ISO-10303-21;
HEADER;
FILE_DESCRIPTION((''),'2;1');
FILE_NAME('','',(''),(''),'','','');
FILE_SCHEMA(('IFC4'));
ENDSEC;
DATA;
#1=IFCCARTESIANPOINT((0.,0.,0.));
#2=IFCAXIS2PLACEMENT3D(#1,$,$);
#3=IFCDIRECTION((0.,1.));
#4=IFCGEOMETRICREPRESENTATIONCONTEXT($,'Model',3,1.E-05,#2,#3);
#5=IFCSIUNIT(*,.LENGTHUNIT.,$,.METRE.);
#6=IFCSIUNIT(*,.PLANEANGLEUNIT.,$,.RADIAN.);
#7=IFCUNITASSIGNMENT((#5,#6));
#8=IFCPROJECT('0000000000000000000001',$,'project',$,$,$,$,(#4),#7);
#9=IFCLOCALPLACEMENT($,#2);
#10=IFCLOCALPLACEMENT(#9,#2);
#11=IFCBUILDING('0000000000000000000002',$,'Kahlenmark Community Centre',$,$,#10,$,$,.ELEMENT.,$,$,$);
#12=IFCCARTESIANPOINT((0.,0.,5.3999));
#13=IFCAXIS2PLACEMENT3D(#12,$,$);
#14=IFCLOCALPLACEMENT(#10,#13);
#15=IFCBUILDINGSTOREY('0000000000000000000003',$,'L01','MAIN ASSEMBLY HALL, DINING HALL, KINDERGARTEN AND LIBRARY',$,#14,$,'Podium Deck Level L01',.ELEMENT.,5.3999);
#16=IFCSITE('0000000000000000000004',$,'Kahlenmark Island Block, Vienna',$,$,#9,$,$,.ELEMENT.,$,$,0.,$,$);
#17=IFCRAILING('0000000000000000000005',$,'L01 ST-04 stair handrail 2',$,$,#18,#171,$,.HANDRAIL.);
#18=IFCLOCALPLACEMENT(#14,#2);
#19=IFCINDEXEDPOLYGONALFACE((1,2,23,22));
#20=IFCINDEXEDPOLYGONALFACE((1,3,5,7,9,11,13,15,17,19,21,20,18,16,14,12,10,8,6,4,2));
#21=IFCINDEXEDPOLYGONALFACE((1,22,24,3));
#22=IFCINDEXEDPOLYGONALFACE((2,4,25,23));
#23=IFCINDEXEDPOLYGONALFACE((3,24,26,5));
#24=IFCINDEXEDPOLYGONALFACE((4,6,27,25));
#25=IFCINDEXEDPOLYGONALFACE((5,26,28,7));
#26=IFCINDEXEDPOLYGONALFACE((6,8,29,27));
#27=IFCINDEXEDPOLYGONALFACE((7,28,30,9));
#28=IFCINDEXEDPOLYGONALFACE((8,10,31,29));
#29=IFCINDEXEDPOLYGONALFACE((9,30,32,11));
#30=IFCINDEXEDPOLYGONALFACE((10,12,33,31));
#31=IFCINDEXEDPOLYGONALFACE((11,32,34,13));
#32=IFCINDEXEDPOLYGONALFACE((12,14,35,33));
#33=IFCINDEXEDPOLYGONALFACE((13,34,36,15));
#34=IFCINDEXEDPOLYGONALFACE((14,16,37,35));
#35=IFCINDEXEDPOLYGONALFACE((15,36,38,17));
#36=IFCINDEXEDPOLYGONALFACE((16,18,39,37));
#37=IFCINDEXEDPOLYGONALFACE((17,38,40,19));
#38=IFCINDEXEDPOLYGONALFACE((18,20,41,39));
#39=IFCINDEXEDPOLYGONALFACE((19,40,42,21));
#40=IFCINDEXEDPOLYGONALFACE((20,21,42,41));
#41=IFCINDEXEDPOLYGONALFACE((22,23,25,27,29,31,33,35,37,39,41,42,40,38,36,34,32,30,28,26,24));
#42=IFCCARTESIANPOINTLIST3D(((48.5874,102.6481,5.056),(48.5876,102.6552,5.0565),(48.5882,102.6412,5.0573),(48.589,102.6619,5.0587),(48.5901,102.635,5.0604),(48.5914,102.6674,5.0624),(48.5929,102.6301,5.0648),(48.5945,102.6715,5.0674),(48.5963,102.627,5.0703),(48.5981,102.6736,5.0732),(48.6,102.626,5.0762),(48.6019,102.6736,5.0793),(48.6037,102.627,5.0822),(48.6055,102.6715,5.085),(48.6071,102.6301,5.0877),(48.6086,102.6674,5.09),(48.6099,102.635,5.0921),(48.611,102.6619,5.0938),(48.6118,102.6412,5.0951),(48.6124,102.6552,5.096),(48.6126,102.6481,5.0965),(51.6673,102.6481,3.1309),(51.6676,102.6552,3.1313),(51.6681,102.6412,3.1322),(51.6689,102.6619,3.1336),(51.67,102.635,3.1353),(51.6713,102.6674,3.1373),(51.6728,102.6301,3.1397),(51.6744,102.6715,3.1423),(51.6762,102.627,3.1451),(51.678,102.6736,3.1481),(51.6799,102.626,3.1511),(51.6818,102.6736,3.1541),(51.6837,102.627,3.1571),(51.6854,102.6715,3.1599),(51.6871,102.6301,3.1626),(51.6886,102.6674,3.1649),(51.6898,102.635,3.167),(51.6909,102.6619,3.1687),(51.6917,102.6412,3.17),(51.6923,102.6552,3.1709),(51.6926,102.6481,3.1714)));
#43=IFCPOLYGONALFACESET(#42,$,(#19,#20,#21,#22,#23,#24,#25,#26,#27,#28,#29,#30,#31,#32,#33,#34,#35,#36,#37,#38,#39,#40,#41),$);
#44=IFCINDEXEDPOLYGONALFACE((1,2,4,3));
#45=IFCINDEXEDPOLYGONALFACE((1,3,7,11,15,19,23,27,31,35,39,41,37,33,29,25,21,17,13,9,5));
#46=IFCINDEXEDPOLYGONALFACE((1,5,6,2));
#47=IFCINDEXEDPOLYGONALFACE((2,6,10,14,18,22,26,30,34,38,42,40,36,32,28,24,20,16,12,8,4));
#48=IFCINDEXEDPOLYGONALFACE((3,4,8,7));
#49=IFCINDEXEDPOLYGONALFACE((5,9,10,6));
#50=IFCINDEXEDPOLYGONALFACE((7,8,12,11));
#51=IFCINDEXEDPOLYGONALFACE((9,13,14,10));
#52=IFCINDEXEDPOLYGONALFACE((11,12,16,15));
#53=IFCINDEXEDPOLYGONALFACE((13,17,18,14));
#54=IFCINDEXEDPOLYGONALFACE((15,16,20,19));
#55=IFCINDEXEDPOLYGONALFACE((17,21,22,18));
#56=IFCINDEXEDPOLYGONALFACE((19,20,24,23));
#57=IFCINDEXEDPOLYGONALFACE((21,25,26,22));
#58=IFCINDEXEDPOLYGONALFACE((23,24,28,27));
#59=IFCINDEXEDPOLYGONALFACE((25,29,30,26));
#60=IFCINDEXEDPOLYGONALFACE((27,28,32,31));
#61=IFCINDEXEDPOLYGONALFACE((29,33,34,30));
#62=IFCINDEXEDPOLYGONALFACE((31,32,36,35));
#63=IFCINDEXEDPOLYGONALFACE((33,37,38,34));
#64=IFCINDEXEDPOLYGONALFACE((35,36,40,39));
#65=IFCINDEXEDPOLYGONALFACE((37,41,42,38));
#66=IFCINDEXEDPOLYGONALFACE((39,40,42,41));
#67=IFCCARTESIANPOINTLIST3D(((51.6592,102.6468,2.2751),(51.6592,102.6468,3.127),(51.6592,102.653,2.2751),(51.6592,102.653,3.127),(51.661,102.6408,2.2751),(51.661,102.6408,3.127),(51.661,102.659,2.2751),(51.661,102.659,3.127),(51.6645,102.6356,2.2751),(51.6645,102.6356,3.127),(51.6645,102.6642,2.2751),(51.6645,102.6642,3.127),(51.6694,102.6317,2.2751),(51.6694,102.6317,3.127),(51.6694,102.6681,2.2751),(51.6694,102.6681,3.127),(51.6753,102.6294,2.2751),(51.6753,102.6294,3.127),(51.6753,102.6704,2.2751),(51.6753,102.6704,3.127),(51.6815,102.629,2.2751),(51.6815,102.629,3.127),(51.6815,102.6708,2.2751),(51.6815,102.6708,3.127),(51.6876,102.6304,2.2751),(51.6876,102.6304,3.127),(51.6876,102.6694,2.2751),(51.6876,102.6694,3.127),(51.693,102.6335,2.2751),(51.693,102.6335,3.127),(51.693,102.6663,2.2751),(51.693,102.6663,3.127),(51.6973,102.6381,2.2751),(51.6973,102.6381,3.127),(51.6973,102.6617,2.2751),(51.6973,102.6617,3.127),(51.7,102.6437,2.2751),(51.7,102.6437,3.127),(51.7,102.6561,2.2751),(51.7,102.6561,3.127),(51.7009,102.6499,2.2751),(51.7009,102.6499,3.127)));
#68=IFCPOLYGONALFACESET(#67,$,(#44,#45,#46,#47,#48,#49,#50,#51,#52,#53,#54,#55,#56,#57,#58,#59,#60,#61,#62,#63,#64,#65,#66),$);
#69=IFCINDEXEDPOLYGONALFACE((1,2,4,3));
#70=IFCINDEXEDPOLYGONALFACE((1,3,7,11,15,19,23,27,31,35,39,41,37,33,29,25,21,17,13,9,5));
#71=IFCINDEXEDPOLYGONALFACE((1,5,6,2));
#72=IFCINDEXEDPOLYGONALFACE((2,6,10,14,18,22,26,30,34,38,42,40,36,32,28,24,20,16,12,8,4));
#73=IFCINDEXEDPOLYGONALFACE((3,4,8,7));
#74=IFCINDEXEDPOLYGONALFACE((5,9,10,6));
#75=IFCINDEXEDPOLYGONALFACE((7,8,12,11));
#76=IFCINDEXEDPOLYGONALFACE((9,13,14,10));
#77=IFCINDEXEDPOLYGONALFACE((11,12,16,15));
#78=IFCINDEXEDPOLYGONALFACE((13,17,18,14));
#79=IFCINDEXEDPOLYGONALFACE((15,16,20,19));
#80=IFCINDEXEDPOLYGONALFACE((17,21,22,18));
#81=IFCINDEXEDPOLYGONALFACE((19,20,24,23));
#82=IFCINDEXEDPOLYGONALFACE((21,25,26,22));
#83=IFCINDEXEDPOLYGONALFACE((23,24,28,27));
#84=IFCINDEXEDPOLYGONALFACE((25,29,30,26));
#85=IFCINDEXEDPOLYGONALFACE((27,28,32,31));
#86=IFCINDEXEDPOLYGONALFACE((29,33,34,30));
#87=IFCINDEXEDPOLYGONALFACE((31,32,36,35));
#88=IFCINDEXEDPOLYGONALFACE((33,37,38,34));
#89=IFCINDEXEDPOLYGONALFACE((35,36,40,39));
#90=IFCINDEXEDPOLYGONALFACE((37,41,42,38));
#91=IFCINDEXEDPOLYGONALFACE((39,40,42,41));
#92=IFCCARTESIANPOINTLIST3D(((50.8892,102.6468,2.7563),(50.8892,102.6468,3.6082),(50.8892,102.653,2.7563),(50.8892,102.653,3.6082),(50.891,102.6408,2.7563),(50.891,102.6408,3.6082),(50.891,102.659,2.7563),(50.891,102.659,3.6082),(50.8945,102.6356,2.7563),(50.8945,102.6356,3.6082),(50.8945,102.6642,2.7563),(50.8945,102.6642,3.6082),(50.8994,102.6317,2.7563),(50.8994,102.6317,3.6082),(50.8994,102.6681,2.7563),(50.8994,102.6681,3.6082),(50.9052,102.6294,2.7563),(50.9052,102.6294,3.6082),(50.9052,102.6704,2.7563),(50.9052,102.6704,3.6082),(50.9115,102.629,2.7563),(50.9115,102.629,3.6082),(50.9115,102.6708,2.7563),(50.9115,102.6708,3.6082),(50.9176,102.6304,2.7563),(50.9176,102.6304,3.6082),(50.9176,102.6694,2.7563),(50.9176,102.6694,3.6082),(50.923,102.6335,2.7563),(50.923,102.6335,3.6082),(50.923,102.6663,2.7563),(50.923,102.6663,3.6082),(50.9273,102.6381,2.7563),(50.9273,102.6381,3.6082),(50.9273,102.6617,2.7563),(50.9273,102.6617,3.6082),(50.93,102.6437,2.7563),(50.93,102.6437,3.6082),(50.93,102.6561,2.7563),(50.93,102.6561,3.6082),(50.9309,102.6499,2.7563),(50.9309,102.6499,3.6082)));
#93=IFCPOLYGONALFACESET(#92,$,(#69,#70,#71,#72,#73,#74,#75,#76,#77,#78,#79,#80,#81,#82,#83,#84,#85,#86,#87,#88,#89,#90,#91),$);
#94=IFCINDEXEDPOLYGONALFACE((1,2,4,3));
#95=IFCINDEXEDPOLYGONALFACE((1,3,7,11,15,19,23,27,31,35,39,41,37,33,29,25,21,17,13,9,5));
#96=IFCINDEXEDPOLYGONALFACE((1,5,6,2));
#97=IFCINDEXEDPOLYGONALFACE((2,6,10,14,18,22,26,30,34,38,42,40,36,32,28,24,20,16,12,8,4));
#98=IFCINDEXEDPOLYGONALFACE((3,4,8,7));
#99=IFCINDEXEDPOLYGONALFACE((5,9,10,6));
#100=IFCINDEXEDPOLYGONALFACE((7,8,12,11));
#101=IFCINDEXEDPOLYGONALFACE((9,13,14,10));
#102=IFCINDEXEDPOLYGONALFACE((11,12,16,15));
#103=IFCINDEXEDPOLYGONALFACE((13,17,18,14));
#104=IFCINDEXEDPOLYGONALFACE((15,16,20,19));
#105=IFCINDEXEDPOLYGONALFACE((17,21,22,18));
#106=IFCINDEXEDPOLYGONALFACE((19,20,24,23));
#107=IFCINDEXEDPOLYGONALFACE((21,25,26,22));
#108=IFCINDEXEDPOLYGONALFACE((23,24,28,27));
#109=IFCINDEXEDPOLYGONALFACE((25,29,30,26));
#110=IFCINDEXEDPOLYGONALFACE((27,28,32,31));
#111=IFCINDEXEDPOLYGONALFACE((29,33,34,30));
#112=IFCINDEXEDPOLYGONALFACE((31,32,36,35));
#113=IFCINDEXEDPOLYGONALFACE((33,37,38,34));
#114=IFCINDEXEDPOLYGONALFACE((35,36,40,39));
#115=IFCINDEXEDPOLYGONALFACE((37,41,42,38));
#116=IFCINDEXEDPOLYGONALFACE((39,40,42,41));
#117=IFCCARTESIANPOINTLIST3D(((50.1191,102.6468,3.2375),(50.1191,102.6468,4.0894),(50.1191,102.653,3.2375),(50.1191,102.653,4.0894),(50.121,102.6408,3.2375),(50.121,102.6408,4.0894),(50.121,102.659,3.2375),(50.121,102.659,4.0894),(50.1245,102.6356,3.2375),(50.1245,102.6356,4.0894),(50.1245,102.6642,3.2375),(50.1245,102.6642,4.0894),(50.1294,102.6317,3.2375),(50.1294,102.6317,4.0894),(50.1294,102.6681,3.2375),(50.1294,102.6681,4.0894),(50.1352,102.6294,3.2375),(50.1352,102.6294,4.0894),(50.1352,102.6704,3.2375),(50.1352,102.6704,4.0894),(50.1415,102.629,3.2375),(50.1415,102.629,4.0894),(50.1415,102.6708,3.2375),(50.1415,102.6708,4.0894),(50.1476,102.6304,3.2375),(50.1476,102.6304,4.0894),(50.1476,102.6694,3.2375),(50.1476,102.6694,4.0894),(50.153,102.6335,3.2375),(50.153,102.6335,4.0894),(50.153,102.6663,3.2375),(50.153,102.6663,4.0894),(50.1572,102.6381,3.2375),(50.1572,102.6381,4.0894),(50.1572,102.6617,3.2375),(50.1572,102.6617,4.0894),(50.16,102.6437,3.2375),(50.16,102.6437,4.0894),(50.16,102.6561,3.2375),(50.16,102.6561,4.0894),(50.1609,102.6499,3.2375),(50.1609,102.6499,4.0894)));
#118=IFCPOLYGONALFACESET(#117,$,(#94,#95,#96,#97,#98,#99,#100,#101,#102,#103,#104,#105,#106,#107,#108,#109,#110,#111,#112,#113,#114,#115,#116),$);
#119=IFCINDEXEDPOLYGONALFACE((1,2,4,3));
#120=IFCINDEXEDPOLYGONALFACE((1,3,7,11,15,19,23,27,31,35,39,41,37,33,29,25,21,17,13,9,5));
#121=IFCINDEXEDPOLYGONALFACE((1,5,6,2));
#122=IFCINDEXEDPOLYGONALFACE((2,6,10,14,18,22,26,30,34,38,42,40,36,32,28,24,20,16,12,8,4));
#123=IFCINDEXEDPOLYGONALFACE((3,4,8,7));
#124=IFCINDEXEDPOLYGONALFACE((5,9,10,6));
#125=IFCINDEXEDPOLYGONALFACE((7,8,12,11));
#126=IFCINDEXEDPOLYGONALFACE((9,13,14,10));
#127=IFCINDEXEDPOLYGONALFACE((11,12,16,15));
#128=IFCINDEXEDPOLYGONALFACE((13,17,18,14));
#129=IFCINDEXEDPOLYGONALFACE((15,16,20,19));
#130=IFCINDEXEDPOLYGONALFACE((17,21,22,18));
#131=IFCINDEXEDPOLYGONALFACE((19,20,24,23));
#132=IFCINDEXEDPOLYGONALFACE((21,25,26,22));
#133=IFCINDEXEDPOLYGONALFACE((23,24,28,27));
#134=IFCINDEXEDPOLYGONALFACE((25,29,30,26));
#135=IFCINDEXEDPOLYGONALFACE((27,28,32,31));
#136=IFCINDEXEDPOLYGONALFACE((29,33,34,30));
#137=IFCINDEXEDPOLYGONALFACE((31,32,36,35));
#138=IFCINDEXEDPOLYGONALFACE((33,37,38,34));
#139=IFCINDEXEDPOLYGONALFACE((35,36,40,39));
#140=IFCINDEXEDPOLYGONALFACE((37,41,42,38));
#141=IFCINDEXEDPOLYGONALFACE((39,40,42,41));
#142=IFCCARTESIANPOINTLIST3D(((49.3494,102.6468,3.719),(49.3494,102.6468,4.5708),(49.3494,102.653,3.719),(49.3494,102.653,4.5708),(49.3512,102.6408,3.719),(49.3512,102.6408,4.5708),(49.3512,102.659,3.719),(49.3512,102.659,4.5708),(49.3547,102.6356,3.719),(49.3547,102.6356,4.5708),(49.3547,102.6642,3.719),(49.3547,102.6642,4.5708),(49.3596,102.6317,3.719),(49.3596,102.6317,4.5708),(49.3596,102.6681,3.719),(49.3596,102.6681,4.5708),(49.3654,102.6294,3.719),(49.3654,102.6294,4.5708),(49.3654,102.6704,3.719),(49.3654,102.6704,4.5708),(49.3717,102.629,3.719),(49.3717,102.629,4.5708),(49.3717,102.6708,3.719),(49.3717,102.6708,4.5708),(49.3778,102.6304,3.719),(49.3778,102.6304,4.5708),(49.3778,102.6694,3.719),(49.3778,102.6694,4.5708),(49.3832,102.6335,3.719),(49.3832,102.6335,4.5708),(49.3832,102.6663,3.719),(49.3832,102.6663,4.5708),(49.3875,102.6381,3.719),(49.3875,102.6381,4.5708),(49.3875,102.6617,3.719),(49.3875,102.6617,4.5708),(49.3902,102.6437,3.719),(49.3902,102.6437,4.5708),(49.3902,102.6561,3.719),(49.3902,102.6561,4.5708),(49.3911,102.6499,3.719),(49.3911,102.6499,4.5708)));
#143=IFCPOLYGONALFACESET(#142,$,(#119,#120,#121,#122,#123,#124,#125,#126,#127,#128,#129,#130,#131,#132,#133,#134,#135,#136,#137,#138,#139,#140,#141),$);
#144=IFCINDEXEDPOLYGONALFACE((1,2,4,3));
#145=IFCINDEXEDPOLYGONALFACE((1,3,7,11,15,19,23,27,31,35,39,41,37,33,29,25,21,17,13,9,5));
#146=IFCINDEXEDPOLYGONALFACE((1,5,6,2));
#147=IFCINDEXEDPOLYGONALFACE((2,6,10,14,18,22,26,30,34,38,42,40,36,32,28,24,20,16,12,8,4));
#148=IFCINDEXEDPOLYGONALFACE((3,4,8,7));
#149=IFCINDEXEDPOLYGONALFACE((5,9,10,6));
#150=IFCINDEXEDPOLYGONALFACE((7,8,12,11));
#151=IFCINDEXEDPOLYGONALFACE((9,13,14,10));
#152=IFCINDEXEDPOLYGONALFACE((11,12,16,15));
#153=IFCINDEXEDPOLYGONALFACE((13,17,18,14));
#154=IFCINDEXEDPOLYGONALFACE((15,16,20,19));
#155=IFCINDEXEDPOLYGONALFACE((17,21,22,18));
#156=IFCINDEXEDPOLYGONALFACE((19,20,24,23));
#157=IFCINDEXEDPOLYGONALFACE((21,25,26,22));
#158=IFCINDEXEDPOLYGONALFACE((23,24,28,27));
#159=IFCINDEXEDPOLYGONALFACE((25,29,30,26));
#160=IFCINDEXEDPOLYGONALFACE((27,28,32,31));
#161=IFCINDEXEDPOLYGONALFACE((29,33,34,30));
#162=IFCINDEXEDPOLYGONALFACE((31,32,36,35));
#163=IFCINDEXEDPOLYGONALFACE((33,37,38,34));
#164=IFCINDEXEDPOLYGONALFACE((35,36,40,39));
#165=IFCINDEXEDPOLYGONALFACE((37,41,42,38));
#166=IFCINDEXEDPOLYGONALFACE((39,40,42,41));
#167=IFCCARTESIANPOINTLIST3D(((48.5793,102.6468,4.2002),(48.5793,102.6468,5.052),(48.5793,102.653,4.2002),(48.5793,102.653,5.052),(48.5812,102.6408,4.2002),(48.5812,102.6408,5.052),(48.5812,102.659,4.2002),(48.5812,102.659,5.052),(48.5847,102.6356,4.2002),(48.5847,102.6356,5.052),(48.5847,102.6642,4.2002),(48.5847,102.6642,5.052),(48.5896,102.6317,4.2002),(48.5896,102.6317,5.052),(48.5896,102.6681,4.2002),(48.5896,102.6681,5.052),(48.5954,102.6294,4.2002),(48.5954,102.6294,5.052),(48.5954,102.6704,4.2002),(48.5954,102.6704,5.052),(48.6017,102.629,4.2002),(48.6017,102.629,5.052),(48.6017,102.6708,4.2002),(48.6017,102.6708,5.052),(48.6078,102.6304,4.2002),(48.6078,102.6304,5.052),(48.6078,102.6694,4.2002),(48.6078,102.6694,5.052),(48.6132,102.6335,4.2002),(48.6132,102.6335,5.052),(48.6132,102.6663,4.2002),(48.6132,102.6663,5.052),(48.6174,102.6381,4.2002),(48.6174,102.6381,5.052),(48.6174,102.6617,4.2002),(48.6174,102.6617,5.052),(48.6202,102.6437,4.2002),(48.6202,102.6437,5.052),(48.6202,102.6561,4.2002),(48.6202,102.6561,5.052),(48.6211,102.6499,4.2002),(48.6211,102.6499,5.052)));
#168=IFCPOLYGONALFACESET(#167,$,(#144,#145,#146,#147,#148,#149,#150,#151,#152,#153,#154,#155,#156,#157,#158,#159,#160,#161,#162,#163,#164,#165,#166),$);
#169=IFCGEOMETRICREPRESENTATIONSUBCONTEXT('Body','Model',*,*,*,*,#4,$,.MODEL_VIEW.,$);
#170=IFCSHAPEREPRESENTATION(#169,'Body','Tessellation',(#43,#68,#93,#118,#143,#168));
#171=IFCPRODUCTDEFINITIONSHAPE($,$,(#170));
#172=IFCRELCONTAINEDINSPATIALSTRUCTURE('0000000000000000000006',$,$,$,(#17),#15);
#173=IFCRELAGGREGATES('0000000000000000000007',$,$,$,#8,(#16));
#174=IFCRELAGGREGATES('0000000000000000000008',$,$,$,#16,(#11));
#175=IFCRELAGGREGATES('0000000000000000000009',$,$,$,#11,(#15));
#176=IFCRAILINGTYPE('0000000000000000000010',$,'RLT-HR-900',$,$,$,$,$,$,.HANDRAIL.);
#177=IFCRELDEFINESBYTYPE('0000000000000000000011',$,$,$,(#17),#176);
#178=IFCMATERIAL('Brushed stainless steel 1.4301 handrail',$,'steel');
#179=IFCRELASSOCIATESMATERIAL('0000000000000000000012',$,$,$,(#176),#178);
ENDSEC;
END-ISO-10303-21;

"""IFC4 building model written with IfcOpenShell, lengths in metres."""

from ifc_helpers import new_model, si_unit, direction, frame, origin, origin_2d, place, context, subcontext, project, spatial, circle, extrude, material, type_object, element, save


model = new_model("IFC4")

# Units and contexts
model_context = context("Model", 3, precision=1e-05, world=origin(), true_north=direction((0.0, 1.0)))
body_context = subcontext(model_context, "Body", "Model", "MODEL_VIEW")
ifc_project = project(units=[si_unit("LENGTHUNIT", "METRE"), si_unit("PLANEANGLEUNIT", "RADIAN")], contexts=[model_context])

# Site, building, storey
site_placement = place(None, origin())
site = spatial("IfcSite", under=ifc_project, at=site_placement, Name="Kahlenmark Island Block, Vienna", CompositionType="ELEMENT", RefElevation=0.0)
building_placement = place(site_placement, origin())
building = spatial("IfcBuilding", under=site, at=building_placement, Name="Kahlenmark Community Centre", CompositionType="ELEMENT")
storey_placement = place(building_placement, frame((0.0, 0.0, 5.3999)))
storey = spatial("IfcBuildingStorey", under=building, at=storey_placement, Name="L01", Description="MAIN ASSEMBLY HALL, DINING HALL, KINDERGARTEN AND LIBRARY", LongName="Podium Deck Level L01", CompositionType="ELEMENT", Elevation=5.3999)

# Railing
ifc_material_1 = material(Name="Brushed stainless steel 1.4301 handrail", Category="steel")
railing_type_1 = type_object("IfcRailingType", Name="RLT-HR-900", PredefinedType="HANDRAIL", material=ifc_material_1)
railing_1_placement = place(storey_placement, frame((51.6799, 102.6499, 2.2751)))
element("IfcRailing", 1, at=railing_1_placement, inside=storey, type_object=railing_type_1, Name="L01 ST-04 stair handrail 2", PredefinedType="HANDRAIL", context=body_context, shape_type="SweptSolid", body=[
    extrude(circle(Radius=0.0239, at=origin_2d()), frame((0.0, 0.0, 0.876), z_axis=(-0.847979, 0.0, 0.530029), x_axis=(0.0, -1.0, 0.0)), (0.0, 0.0, 1.0), 3.6321),
    extrude(circle(Radius=0.021, at=origin_2d()), origin(), (0.0, 0.0, 1.0), 0.8518),
    extrude(circle(Radius=0.021, at=origin_2d()), frame((-0.77, 0.0, 0.4812)), (0.0, 0.0, 1.0), 0.8518),
    extrude(circle(Radius=0.021, at=origin_2d()), frame((-1.54, 0.0, 0.9624)), (0.0, 0.0, 1.0), 0.8518),
    extrude(circle(Radius=0.021, at=origin_2d()), frame((-2.3098, 0.0, 1.4438)), (0.0, 0.0, 1.0), 0.8518),
    extrude(circle(Radius=0.021, at=origin_2d()), frame((-3.0798, 0.0, 1.925)), (0.0, 0.0, 1.0), 0.8518),
])

save(model, "model.ifc")
